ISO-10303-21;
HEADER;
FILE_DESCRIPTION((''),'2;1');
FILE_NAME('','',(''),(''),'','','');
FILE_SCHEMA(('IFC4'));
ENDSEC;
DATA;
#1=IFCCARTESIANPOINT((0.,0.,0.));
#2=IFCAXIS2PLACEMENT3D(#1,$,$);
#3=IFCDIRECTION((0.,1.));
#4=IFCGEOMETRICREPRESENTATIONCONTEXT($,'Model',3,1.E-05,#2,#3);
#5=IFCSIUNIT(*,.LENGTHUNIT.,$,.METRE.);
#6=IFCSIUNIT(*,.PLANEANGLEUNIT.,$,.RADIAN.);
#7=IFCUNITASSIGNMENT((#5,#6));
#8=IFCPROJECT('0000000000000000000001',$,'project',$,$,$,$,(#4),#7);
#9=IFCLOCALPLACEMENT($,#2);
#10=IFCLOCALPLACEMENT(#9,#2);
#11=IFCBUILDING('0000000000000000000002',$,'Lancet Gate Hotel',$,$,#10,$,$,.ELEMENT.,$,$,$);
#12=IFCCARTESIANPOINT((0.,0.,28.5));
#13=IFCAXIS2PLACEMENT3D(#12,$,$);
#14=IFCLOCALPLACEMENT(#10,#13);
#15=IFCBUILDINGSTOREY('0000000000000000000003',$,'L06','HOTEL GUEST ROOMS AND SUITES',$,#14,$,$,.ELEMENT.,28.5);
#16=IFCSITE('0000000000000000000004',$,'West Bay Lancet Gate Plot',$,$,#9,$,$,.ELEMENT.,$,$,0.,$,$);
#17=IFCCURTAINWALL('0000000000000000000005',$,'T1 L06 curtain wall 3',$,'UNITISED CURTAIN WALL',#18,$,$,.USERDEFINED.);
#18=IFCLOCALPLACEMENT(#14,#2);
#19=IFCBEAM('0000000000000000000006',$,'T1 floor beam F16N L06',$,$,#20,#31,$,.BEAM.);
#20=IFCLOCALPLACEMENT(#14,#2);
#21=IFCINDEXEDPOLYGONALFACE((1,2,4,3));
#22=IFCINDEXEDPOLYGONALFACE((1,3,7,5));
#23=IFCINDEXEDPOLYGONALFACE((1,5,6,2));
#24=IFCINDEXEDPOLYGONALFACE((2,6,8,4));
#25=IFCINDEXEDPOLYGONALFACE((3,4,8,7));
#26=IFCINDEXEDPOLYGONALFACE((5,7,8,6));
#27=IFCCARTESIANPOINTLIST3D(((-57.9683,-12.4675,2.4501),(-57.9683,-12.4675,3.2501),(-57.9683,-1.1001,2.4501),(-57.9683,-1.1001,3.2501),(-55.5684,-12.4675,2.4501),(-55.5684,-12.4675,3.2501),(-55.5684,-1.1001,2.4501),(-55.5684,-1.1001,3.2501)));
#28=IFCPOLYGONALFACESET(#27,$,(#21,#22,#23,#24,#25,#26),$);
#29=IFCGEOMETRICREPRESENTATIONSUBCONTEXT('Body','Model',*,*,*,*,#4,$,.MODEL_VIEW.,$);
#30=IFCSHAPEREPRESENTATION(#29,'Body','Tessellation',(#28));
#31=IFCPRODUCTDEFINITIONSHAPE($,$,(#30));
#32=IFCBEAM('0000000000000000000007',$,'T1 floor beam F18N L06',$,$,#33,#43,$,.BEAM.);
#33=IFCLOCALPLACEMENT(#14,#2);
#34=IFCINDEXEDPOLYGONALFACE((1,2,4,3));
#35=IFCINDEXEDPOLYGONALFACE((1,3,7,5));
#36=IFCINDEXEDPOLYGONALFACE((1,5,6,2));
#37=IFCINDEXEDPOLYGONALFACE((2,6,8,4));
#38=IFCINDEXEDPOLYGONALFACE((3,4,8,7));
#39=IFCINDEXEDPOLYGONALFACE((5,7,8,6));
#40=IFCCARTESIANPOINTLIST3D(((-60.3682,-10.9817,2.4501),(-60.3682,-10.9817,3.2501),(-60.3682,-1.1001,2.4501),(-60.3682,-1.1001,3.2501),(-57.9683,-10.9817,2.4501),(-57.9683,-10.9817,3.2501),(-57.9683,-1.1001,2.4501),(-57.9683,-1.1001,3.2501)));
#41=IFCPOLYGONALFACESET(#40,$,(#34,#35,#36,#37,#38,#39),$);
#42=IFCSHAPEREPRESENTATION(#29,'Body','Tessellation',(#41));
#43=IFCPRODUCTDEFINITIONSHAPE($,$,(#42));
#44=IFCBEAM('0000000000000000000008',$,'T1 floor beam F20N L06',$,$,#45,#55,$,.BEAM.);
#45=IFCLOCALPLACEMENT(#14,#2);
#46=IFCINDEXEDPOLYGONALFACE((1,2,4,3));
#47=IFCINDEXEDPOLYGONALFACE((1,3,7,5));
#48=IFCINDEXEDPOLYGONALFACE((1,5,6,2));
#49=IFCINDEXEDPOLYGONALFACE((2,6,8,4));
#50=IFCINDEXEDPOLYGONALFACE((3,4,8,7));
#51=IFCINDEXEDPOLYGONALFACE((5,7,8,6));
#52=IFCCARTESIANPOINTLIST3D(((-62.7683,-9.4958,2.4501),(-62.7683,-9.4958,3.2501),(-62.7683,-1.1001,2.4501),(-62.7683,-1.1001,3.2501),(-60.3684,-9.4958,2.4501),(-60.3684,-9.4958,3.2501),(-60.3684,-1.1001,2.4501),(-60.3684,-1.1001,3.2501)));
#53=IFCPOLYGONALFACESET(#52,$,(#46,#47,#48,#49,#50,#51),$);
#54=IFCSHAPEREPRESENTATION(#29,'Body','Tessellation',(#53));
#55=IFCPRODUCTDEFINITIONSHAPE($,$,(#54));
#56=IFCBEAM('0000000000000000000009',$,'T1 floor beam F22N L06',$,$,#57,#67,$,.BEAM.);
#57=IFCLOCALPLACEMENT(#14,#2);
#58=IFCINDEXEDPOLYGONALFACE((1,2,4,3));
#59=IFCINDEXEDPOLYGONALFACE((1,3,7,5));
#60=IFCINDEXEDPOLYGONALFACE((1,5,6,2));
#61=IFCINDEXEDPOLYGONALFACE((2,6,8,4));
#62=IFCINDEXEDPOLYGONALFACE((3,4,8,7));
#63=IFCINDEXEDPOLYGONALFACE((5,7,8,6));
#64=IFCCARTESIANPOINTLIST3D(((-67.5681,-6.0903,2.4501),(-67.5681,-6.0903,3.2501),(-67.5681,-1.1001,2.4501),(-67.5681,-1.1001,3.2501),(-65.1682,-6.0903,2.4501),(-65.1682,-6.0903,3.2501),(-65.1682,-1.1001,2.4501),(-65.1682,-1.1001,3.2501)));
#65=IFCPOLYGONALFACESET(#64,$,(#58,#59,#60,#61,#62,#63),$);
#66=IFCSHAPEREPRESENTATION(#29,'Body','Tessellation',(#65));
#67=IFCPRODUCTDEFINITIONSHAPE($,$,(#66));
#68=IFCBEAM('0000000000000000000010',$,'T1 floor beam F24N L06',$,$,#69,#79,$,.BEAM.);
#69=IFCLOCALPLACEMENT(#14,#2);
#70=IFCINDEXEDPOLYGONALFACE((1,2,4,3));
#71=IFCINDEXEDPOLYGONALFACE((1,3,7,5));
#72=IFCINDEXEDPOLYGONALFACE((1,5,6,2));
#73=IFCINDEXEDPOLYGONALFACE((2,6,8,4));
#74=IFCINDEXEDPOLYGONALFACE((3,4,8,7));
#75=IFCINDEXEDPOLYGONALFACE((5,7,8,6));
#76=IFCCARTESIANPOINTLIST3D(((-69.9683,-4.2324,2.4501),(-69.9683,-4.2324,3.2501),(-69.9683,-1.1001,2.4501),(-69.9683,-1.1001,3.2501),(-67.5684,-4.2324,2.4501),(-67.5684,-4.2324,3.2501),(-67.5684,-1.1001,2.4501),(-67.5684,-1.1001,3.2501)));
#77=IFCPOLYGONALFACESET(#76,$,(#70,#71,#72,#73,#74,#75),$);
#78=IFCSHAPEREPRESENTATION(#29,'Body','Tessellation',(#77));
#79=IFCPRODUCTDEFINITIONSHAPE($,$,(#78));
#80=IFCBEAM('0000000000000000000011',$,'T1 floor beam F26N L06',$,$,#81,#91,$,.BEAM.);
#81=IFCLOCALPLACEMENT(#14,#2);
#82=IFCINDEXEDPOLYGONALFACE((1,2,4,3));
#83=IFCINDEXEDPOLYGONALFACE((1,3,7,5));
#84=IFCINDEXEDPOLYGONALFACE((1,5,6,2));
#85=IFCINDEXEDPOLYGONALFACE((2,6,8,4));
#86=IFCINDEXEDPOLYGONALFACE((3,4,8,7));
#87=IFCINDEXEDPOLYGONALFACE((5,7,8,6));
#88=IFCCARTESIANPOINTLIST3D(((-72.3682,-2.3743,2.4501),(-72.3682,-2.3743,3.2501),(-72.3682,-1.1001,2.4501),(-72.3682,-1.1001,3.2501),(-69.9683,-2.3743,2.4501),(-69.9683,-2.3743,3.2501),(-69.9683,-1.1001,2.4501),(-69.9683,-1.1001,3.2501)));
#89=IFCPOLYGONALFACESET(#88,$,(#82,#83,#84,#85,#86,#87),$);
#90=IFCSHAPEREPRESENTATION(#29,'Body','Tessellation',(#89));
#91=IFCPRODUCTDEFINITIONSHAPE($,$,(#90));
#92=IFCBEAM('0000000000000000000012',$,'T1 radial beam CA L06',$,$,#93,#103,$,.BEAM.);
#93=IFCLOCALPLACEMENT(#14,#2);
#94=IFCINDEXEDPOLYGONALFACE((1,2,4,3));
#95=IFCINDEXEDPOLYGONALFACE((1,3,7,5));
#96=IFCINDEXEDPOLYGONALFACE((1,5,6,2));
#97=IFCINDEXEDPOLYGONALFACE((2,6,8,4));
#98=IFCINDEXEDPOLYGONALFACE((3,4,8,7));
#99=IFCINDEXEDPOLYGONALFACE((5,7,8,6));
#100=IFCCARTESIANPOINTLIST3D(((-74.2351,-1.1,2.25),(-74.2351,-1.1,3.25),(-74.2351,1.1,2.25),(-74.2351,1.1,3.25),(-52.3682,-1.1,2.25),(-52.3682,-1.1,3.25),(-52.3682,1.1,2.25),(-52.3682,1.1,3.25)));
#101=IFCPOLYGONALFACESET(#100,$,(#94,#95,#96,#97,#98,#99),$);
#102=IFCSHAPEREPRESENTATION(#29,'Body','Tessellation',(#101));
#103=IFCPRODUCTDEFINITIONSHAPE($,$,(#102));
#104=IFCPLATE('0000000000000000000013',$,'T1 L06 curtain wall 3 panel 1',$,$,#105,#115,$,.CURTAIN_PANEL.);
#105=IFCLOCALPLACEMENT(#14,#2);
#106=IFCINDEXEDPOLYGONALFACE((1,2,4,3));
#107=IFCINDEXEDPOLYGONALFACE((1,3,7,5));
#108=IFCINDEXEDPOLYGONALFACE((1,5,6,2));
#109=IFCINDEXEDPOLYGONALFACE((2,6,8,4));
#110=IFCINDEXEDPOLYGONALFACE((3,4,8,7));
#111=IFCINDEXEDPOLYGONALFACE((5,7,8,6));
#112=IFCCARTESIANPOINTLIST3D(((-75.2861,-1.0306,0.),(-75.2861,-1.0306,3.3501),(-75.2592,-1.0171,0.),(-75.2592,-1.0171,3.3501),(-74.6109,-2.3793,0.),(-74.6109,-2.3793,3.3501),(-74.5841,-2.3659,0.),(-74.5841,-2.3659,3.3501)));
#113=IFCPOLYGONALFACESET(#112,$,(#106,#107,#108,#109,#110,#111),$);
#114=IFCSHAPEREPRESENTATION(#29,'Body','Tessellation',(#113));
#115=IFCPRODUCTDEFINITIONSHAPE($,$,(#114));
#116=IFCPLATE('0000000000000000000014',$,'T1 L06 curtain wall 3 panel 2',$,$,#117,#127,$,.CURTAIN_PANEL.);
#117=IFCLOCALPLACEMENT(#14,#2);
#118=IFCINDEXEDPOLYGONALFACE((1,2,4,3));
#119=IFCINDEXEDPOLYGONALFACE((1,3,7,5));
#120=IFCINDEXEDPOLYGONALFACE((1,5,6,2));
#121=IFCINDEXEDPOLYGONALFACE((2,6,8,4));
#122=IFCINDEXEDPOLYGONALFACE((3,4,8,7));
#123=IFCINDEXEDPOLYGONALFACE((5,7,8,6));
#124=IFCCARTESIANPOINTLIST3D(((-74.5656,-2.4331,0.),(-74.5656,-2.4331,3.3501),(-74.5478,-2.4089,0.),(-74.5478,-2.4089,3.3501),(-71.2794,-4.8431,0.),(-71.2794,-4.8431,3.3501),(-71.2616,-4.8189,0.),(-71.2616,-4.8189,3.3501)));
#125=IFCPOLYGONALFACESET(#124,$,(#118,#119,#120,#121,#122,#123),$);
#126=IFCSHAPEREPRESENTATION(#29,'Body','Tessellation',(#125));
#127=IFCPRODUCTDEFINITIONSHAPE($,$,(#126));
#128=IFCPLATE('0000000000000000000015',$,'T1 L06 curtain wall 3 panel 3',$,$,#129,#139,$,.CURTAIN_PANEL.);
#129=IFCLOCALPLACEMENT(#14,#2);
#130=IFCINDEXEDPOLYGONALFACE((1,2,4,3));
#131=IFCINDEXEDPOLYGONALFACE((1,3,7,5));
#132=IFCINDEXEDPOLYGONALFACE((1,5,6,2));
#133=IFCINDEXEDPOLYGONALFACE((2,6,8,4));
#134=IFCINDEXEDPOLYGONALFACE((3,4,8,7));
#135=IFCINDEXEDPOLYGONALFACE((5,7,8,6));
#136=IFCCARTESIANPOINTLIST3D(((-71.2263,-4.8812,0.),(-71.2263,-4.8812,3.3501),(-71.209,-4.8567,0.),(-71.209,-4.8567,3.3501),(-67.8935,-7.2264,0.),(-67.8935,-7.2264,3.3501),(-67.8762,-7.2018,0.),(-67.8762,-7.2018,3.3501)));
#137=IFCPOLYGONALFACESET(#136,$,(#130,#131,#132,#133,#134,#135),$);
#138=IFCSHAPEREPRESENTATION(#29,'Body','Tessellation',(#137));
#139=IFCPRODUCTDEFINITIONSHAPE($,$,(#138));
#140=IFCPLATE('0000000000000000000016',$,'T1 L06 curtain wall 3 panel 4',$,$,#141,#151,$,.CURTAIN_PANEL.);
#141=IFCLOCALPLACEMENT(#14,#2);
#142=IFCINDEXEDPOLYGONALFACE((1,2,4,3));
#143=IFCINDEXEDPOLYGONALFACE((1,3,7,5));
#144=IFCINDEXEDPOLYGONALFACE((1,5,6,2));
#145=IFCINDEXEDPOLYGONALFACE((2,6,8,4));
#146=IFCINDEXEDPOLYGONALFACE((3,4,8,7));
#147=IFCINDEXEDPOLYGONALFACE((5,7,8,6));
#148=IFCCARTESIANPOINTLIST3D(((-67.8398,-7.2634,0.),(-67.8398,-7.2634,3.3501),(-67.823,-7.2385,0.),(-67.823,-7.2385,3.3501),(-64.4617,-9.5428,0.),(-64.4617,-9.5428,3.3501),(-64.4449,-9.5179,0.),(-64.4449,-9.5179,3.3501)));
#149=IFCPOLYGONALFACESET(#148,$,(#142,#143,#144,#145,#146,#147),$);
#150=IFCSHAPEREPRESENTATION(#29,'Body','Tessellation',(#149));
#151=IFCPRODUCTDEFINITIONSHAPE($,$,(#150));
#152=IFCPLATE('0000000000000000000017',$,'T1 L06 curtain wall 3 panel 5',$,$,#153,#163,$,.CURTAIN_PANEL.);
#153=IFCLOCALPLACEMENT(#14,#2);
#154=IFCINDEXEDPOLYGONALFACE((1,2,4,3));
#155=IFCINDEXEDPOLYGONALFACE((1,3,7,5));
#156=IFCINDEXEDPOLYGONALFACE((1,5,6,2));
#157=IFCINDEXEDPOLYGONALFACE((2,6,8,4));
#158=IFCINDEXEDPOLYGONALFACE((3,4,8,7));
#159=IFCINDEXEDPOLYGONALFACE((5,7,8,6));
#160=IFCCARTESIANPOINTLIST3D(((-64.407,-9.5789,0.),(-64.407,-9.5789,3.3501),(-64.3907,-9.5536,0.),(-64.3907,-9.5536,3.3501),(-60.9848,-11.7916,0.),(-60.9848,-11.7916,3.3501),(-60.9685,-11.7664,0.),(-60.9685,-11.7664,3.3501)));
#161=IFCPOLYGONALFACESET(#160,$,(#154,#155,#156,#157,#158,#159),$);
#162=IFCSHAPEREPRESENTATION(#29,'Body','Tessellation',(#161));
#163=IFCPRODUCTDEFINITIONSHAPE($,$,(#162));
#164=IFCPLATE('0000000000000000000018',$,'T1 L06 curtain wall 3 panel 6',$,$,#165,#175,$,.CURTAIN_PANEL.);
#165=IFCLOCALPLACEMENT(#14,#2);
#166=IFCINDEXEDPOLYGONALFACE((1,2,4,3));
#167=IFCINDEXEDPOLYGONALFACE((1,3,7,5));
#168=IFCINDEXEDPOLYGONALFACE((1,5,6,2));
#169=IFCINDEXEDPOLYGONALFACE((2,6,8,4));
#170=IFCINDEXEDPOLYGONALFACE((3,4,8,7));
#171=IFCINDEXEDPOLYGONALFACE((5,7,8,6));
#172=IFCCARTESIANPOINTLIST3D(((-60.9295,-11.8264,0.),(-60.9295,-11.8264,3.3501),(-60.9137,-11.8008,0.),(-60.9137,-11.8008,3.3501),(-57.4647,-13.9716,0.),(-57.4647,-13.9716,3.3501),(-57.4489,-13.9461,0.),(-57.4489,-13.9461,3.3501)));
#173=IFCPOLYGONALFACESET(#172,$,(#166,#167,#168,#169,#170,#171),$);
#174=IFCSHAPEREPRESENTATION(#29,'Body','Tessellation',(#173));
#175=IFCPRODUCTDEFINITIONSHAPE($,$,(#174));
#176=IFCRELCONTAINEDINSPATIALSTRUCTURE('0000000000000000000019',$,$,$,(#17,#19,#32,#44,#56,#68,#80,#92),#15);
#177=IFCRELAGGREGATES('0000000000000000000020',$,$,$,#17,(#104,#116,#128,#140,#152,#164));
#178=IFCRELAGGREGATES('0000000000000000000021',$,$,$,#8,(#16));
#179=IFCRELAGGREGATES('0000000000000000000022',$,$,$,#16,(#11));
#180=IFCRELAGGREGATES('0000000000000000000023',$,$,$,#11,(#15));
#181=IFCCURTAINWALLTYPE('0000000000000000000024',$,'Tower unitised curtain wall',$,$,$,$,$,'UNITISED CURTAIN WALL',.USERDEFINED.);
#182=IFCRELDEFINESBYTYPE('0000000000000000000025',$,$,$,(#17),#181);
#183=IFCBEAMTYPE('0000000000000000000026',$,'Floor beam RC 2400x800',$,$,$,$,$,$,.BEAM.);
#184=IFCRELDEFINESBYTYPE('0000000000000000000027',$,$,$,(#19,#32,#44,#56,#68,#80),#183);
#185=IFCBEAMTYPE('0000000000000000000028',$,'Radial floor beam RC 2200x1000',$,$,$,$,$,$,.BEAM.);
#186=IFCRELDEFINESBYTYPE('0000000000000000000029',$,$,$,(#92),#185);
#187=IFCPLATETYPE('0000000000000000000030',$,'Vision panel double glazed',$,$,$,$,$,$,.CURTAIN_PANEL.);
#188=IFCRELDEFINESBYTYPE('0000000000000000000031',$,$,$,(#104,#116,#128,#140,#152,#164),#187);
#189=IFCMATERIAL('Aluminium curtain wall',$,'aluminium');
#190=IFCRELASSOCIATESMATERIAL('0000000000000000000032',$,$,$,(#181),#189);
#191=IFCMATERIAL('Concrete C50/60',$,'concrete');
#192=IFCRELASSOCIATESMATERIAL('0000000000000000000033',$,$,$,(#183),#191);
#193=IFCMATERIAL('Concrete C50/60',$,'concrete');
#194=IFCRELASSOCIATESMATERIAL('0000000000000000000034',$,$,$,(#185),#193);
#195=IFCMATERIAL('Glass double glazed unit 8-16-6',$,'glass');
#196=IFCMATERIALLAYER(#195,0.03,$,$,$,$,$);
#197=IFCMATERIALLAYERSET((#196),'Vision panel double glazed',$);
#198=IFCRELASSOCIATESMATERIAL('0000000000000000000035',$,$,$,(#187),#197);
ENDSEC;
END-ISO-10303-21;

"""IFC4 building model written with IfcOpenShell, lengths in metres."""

from ifc_helpers import new_model, si_unit, direction, frame, origin, origin_2d, place, context, subcontext, project, spatial, rectangle, extrude, material, layer, layer_set, material_profile, profile_set, type_object, element, aggregate, save


model = new_model("IFC4")

# Units and contexts
model_context = context("Model", 3, precision=1e-05, world=origin(), true_north=direction((0.0, 1.0)))
body_context = subcontext(model_context, "Body", "Model", "MODEL_VIEW")
ifc_project = project(units=[si_unit("LENGTHUNIT", "METRE"), si_unit("PLANEANGLEUNIT", "RADIAN")], contexts=[model_context])

# Site, building, storey
site_placement = place(None, origin())
site = spatial("IfcSite", under=ifc_project, at=site_placement, Name="West Bay Lancet Gate Plot", CompositionType="ELEMENT", RefElevation=0.0)
building_placement = place(site_placement, origin())
building = spatial("IfcBuilding", under=site, at=building_placement, Name="Lancet Gate Hotel", CompositionType="ELEMENT")
storey_placement = place(building_placement, frame((0.0, 0.0, 28.5)))
storey = spatial("IfcBuildingStorey", under=building, at=storey_placement, Name="L06", Description="HOTEL GUEST ROOMS AND SUITES", CompositionType="ELEMENT", Elevation=28.5)

# Shared definitions
ifc_material_1 = material(Name="Aluminium curtain wall", Category="aluminium")
curtain_wall_type = type_object("IfcCurtainWallType", Name="Tower unitised curtain wall", ElementType="UNITISED CURTAIN WALL", PredefinedType="USERDEFINED", material=ifc_material_1)

# Curtain wall
curtain_wall_1_placement = place(storey_placement, origin())
curtain_wall_1 = element("IfcCurtainWall", 1, at=curtain_wall_1_placement, inside=storey, type_object=curtain_wall_type, Name="T1 L06 curtain wall 3", ObjectType="UNITISED CURTAIN WALL", PredefinedType="USERDEFINED")

# Beams
ifc_material_2 = material(Name="Concrete C50/60", Category="concrete")
ifc_material_profile_1 = material_profile(ifc_material_2, rectangle(XDim=2.3999, YDim=0.8, at=origin_2d()), Name="RC 2400x800")
ifc_profile_set_1 = profile_set([ifc_material_profile_1], Name="Concrete C50/60")
beam_type_1 = type_object("IfcBeamType", Name="Floor beam RC 2400x800", PredefinedType="BEAM", material=ifc_profile_set_1)
beam_1_placement = place(storey_placement, frame((-56.7683, -1.1001, 2.8501), z_axis=(0.0, -1.0, 0.0), x_axis=(1.0, 0.0, 0.0)))
element("IfcBeam", 2, at=beam_1_placement, inside=storey, type_object=beam_type_1, Name="T1 floor beam F16N L06", PredefinedType="BEAM", context=body_context, shape_type="SweptSolid", body=[
    extrude(rectangle(XDim=2.3999, YDim=0.8, at=origin_2d()), origin(), (0.0, 0.0, 1.0), 11.3674),
])
beam_2_placement = place(storey_placement, frame((-59.1682, -1.1001, 2.8501), z_axis=(0.0, -1.0, 0.0), x_axis=(1.0, 0.0, 0.0)))
element("IfcBeam", 3, at=beam_2_placement, inside=storey, type_object=beam_type_1, Name="T1 floor beam F18N L06", PredefinedType="BEAM", context=body_context, shape_type="SweptSolid", body=[
    extrude(rectangle(XDim=2.3999, YDim=0.8, at=origin_2d()), origin(), (0.0, 0.0, 1.0), 9.8816),
])
beam_3_placement = place(storey_placement, frame((-61.5684, -1.1001, 2.8501), z_axis=(0.0, -1.0, 0.0), x_axis=(1.0, 0.0, 0.0)))
element("IfcBeam", 4, at=beam_3_placement, inside=storey, type_object=beam_type_1, Name="T1 floor beam F20N L06", PredefinedType="BEAM", context=body_context, shape_type="SweptSolid", body=[
    extrude(rectangle(XDim=2.3999, YDim=0.8, at=origin_2d()), origin(), (0.0, 0.0, 1.0), 8.3958),
])
beam_4_placement = place(storey_placement, frame((-66.3682, -1.1001, 2.8501), z_axis=(0.0, -1.0, 0.0), x_axis=(1.0, 0.0, 0.0)))
element("IfcBeam", 5, at=beam_4_placement, inside=storey, type_object=beam_type_1, Name="T1 floor beam F22N L06", PredefinedType="BEAM", context=body_context, shape_type="SweptSolid", body=[
    extrude(rectangle(XDim=2.3999, YDim=0.8, at=origin_2d()), origin(), (0.0, 0.0, 1.0), 4.9902),
])
beam_5_placement = place(storey_placement, frame((-68.7683, -1.1001, 2.8501), z_axis=(0.0, -1.0, 0.0), x_axis=(1.0, 0.0, 0.0)))
element("IfcBeam", 6, at=beam_5_placement, inside=storey, type_object=beam_type_1, Name="T1 floor beam F24N L06", PredefinedType="BEAM", context=body_context, shape_type="SweptSolid", body=[
    extrude(rectangle(XDim=2.3999, YDim=0.8, at=origin_2d()), origin(), (0.0, 0.0, 1.0), 3.1323),
])
beam_6_placement = place(storey_placement, frame((-71.1682, -1.1001, 2.8501), z_axis=(0.0, -1.0, 0.0), x_axis=(1.0, 0.0, 0.0)))
element("IfcBeam", 7, at=beam_6_placement, inside=storey, type_object=beam_type_1, Name="T1 floor beam F26N L06", PredefinedType="BEAM", context=body_context, shape_type="SweptSolid", body=[
    extrude(rectangle(XDim=2.3999, YDim=0.8, at=origin_2d()), origin(), (0.0, 0.0, 1.0), 1.2742),
])
ifc_material_3 = material(Name="Concrete C50/60", Category="concrete")
ifc_material_profile_2 = material_profile(ifc_material_3, rectangle(XDim=2.2, YDim=1.0, at=origin_2d()), Name="RC 2200x1000")
ifc_profile_set_2 = profile_set([ifc_material_profile_2], Name="Concrete C50/60")
beam_type_2 = type_object("IfcBeamType", Name="Radial floor beam RC 2200x1000", PredefinedType="BEAM", material=ifc_profile_set_2)
beam_7_placement = place(storey_placement, frame((-74.2351, 0.0, 2.75), z_axis=(1.0, 0.0, 0.0), x_axis=(0.0, 1.0, 0.0)))
element("IfcBeam", 8, at=beam_7_placement, inside=storey, type_object=beam_type_2, Name="T1 radial beam CA L06", PredefinedType="BEAM", context=body_context, shape_type="SweptSolid", body=[
    extrude(rectangle(XDim=2.2, YDim=1.0, at=origin_2d()), origin(), (0.0, 0.0, 1.0), 21.8669),
])

# Plates
ifc_material_4 = material(Name="Glass double glazed unit 8-16-6", Category="glass")
ifc_layer = layer(ifc_material_4, 0.03)
ifc_layer_set = layer_set([ifc_layer], Name="Vision panel double glazed")
plate_type = type_object("IfcPlateType", Name="Vision panel double glazed", PredefinedType="CURTAIN_PANEL", material=ifc_layer_set)
plate_1_placement = place(storey_placement, frame((-74.9351, -1.6982, 0.0), z_axis=(0.0, 0.0, 1.0), x_axis=(0.447628, -0.89422, 0.0)))
plate_1 = element("IfcPlate", 9, at=plate_1_placement, type_object=plate_type, Name="T1 L06 curtain wall 3 panel 1", PredefinedType="CURTAIN_PANEL", context=body_context, shape_type="SweptSolid", body=[
    extrude(rectangle(XDim=1.5083, YDim=0.03, at=origin_2d()), origin(), (0.0, 0.0, 1.0), 3.3501),
])
plate_2_placement = place(storey_placement, frame((-72.9136, -3.626, 0.0), z_axis=(0.0, 0.0, 1.0), x_axis=(0.80639, -0.591384, 0.0)))
plate_2 = element("IfcPlate", 10, at=plate_2_placement, type_object=plate_type, Name="T1 L06 curtain wall 3 panel 2", PredefinedType="CURTAIN_PANEL", context=body_context, shape_type="SweptSolid", body=[
    extrude(rectangle(XDim=4.0752, YDim=0.03, at=origin_2d()), origin(), (0.0, 0.0, 1.0), 3.3501),
])
plate_3_placement = place(storey_placement, frame((-69.5513, -6.0415, 0.0), z_axis=(0.0, 0.0, 1.0), x_axis=(0.817825, -0.575467, 0.0)))
plate_3 = element("IfcPlate", 11, at=plate_3_placement, type_object=plate_type, Name="T1 L06 curtain wall 3 panel 3", PredefinedType="CURTAIN_PANEL", context=body_context, shape_type="SweptSolid", body=[
    extrude(rectangle(XDim=4.0752, YDim=0.03, at=origin_2d()), origin(), (0.0, 0.0, 1.0), 3.3501),
])
plate_4_placement = place(storey_placement, frame((-66.1423, -8.3906, 0.0), z_axis=(0.0, 0.0, 1.0), x_axis=(0.828946, -0.559329, 0.0)))
plate_4 = element("IfcPlate", 12, at=plate_4_placement, type_object=plate_type, Name="T1 L06 curtain wall 3 panel 4", PredefinedType="CURTAIN_PANEL", context=body_context, shape_type="SweptSolid", body=[
    extrude(rectangle(XDim=4.0752, YDim=0.03, at=origin_2d()), origin(), (0.0, 0.0, 1.0), 3.3501),
])
plate_5_placement = place(storey_placement, frame((-62.6877, -10.6726, 0.0), z_axis=(0.0, 0.0, 1.0), x_axis=(0.839749, -0.542975, 0.0)))
plate_5 = element("IfcPlate", 13, at=plate_5_placement, type_object=plate_type, Name="T1 L06 curtain wall 3 panel 5", PredefinedType="CURTAIN_PANEL", context=body_context, shape_type="SweptSolid", body=[
    extrude(rectangle(XDim=4.0752, YDim=0.03, at=origin_2d()), origin(), (0.0, 0.0, 1.0), 3.3501),
])
plate_6_placement = place(storey_placement, frame((-59.1892, -12.8862, 0.0), z_axis=(0.0, 0.0, 1.0), x_axis=(0.850229, -0.526414, 0.0)))
plate_6 = element("IfcPlate", 14, at=plate_6_placement, type_object=plate_type, Name="T1 L06 curtain wall 3 panel 6", PredefinedType="CURTAIN_PANEL", context=body_context, shape_type="SweptSolid", body=[
    extrude(rectangle(XDim=4.0752, YDim=0.03, at=origin_2d()), origin(), (0.0, 0.0, 1.0), 3.3501),
])
aggregate(curtain_wall_1, [plate_1, plate_2, plate_3, plate_4, plate_5, plate_6])

save(model, "model.ifc")
